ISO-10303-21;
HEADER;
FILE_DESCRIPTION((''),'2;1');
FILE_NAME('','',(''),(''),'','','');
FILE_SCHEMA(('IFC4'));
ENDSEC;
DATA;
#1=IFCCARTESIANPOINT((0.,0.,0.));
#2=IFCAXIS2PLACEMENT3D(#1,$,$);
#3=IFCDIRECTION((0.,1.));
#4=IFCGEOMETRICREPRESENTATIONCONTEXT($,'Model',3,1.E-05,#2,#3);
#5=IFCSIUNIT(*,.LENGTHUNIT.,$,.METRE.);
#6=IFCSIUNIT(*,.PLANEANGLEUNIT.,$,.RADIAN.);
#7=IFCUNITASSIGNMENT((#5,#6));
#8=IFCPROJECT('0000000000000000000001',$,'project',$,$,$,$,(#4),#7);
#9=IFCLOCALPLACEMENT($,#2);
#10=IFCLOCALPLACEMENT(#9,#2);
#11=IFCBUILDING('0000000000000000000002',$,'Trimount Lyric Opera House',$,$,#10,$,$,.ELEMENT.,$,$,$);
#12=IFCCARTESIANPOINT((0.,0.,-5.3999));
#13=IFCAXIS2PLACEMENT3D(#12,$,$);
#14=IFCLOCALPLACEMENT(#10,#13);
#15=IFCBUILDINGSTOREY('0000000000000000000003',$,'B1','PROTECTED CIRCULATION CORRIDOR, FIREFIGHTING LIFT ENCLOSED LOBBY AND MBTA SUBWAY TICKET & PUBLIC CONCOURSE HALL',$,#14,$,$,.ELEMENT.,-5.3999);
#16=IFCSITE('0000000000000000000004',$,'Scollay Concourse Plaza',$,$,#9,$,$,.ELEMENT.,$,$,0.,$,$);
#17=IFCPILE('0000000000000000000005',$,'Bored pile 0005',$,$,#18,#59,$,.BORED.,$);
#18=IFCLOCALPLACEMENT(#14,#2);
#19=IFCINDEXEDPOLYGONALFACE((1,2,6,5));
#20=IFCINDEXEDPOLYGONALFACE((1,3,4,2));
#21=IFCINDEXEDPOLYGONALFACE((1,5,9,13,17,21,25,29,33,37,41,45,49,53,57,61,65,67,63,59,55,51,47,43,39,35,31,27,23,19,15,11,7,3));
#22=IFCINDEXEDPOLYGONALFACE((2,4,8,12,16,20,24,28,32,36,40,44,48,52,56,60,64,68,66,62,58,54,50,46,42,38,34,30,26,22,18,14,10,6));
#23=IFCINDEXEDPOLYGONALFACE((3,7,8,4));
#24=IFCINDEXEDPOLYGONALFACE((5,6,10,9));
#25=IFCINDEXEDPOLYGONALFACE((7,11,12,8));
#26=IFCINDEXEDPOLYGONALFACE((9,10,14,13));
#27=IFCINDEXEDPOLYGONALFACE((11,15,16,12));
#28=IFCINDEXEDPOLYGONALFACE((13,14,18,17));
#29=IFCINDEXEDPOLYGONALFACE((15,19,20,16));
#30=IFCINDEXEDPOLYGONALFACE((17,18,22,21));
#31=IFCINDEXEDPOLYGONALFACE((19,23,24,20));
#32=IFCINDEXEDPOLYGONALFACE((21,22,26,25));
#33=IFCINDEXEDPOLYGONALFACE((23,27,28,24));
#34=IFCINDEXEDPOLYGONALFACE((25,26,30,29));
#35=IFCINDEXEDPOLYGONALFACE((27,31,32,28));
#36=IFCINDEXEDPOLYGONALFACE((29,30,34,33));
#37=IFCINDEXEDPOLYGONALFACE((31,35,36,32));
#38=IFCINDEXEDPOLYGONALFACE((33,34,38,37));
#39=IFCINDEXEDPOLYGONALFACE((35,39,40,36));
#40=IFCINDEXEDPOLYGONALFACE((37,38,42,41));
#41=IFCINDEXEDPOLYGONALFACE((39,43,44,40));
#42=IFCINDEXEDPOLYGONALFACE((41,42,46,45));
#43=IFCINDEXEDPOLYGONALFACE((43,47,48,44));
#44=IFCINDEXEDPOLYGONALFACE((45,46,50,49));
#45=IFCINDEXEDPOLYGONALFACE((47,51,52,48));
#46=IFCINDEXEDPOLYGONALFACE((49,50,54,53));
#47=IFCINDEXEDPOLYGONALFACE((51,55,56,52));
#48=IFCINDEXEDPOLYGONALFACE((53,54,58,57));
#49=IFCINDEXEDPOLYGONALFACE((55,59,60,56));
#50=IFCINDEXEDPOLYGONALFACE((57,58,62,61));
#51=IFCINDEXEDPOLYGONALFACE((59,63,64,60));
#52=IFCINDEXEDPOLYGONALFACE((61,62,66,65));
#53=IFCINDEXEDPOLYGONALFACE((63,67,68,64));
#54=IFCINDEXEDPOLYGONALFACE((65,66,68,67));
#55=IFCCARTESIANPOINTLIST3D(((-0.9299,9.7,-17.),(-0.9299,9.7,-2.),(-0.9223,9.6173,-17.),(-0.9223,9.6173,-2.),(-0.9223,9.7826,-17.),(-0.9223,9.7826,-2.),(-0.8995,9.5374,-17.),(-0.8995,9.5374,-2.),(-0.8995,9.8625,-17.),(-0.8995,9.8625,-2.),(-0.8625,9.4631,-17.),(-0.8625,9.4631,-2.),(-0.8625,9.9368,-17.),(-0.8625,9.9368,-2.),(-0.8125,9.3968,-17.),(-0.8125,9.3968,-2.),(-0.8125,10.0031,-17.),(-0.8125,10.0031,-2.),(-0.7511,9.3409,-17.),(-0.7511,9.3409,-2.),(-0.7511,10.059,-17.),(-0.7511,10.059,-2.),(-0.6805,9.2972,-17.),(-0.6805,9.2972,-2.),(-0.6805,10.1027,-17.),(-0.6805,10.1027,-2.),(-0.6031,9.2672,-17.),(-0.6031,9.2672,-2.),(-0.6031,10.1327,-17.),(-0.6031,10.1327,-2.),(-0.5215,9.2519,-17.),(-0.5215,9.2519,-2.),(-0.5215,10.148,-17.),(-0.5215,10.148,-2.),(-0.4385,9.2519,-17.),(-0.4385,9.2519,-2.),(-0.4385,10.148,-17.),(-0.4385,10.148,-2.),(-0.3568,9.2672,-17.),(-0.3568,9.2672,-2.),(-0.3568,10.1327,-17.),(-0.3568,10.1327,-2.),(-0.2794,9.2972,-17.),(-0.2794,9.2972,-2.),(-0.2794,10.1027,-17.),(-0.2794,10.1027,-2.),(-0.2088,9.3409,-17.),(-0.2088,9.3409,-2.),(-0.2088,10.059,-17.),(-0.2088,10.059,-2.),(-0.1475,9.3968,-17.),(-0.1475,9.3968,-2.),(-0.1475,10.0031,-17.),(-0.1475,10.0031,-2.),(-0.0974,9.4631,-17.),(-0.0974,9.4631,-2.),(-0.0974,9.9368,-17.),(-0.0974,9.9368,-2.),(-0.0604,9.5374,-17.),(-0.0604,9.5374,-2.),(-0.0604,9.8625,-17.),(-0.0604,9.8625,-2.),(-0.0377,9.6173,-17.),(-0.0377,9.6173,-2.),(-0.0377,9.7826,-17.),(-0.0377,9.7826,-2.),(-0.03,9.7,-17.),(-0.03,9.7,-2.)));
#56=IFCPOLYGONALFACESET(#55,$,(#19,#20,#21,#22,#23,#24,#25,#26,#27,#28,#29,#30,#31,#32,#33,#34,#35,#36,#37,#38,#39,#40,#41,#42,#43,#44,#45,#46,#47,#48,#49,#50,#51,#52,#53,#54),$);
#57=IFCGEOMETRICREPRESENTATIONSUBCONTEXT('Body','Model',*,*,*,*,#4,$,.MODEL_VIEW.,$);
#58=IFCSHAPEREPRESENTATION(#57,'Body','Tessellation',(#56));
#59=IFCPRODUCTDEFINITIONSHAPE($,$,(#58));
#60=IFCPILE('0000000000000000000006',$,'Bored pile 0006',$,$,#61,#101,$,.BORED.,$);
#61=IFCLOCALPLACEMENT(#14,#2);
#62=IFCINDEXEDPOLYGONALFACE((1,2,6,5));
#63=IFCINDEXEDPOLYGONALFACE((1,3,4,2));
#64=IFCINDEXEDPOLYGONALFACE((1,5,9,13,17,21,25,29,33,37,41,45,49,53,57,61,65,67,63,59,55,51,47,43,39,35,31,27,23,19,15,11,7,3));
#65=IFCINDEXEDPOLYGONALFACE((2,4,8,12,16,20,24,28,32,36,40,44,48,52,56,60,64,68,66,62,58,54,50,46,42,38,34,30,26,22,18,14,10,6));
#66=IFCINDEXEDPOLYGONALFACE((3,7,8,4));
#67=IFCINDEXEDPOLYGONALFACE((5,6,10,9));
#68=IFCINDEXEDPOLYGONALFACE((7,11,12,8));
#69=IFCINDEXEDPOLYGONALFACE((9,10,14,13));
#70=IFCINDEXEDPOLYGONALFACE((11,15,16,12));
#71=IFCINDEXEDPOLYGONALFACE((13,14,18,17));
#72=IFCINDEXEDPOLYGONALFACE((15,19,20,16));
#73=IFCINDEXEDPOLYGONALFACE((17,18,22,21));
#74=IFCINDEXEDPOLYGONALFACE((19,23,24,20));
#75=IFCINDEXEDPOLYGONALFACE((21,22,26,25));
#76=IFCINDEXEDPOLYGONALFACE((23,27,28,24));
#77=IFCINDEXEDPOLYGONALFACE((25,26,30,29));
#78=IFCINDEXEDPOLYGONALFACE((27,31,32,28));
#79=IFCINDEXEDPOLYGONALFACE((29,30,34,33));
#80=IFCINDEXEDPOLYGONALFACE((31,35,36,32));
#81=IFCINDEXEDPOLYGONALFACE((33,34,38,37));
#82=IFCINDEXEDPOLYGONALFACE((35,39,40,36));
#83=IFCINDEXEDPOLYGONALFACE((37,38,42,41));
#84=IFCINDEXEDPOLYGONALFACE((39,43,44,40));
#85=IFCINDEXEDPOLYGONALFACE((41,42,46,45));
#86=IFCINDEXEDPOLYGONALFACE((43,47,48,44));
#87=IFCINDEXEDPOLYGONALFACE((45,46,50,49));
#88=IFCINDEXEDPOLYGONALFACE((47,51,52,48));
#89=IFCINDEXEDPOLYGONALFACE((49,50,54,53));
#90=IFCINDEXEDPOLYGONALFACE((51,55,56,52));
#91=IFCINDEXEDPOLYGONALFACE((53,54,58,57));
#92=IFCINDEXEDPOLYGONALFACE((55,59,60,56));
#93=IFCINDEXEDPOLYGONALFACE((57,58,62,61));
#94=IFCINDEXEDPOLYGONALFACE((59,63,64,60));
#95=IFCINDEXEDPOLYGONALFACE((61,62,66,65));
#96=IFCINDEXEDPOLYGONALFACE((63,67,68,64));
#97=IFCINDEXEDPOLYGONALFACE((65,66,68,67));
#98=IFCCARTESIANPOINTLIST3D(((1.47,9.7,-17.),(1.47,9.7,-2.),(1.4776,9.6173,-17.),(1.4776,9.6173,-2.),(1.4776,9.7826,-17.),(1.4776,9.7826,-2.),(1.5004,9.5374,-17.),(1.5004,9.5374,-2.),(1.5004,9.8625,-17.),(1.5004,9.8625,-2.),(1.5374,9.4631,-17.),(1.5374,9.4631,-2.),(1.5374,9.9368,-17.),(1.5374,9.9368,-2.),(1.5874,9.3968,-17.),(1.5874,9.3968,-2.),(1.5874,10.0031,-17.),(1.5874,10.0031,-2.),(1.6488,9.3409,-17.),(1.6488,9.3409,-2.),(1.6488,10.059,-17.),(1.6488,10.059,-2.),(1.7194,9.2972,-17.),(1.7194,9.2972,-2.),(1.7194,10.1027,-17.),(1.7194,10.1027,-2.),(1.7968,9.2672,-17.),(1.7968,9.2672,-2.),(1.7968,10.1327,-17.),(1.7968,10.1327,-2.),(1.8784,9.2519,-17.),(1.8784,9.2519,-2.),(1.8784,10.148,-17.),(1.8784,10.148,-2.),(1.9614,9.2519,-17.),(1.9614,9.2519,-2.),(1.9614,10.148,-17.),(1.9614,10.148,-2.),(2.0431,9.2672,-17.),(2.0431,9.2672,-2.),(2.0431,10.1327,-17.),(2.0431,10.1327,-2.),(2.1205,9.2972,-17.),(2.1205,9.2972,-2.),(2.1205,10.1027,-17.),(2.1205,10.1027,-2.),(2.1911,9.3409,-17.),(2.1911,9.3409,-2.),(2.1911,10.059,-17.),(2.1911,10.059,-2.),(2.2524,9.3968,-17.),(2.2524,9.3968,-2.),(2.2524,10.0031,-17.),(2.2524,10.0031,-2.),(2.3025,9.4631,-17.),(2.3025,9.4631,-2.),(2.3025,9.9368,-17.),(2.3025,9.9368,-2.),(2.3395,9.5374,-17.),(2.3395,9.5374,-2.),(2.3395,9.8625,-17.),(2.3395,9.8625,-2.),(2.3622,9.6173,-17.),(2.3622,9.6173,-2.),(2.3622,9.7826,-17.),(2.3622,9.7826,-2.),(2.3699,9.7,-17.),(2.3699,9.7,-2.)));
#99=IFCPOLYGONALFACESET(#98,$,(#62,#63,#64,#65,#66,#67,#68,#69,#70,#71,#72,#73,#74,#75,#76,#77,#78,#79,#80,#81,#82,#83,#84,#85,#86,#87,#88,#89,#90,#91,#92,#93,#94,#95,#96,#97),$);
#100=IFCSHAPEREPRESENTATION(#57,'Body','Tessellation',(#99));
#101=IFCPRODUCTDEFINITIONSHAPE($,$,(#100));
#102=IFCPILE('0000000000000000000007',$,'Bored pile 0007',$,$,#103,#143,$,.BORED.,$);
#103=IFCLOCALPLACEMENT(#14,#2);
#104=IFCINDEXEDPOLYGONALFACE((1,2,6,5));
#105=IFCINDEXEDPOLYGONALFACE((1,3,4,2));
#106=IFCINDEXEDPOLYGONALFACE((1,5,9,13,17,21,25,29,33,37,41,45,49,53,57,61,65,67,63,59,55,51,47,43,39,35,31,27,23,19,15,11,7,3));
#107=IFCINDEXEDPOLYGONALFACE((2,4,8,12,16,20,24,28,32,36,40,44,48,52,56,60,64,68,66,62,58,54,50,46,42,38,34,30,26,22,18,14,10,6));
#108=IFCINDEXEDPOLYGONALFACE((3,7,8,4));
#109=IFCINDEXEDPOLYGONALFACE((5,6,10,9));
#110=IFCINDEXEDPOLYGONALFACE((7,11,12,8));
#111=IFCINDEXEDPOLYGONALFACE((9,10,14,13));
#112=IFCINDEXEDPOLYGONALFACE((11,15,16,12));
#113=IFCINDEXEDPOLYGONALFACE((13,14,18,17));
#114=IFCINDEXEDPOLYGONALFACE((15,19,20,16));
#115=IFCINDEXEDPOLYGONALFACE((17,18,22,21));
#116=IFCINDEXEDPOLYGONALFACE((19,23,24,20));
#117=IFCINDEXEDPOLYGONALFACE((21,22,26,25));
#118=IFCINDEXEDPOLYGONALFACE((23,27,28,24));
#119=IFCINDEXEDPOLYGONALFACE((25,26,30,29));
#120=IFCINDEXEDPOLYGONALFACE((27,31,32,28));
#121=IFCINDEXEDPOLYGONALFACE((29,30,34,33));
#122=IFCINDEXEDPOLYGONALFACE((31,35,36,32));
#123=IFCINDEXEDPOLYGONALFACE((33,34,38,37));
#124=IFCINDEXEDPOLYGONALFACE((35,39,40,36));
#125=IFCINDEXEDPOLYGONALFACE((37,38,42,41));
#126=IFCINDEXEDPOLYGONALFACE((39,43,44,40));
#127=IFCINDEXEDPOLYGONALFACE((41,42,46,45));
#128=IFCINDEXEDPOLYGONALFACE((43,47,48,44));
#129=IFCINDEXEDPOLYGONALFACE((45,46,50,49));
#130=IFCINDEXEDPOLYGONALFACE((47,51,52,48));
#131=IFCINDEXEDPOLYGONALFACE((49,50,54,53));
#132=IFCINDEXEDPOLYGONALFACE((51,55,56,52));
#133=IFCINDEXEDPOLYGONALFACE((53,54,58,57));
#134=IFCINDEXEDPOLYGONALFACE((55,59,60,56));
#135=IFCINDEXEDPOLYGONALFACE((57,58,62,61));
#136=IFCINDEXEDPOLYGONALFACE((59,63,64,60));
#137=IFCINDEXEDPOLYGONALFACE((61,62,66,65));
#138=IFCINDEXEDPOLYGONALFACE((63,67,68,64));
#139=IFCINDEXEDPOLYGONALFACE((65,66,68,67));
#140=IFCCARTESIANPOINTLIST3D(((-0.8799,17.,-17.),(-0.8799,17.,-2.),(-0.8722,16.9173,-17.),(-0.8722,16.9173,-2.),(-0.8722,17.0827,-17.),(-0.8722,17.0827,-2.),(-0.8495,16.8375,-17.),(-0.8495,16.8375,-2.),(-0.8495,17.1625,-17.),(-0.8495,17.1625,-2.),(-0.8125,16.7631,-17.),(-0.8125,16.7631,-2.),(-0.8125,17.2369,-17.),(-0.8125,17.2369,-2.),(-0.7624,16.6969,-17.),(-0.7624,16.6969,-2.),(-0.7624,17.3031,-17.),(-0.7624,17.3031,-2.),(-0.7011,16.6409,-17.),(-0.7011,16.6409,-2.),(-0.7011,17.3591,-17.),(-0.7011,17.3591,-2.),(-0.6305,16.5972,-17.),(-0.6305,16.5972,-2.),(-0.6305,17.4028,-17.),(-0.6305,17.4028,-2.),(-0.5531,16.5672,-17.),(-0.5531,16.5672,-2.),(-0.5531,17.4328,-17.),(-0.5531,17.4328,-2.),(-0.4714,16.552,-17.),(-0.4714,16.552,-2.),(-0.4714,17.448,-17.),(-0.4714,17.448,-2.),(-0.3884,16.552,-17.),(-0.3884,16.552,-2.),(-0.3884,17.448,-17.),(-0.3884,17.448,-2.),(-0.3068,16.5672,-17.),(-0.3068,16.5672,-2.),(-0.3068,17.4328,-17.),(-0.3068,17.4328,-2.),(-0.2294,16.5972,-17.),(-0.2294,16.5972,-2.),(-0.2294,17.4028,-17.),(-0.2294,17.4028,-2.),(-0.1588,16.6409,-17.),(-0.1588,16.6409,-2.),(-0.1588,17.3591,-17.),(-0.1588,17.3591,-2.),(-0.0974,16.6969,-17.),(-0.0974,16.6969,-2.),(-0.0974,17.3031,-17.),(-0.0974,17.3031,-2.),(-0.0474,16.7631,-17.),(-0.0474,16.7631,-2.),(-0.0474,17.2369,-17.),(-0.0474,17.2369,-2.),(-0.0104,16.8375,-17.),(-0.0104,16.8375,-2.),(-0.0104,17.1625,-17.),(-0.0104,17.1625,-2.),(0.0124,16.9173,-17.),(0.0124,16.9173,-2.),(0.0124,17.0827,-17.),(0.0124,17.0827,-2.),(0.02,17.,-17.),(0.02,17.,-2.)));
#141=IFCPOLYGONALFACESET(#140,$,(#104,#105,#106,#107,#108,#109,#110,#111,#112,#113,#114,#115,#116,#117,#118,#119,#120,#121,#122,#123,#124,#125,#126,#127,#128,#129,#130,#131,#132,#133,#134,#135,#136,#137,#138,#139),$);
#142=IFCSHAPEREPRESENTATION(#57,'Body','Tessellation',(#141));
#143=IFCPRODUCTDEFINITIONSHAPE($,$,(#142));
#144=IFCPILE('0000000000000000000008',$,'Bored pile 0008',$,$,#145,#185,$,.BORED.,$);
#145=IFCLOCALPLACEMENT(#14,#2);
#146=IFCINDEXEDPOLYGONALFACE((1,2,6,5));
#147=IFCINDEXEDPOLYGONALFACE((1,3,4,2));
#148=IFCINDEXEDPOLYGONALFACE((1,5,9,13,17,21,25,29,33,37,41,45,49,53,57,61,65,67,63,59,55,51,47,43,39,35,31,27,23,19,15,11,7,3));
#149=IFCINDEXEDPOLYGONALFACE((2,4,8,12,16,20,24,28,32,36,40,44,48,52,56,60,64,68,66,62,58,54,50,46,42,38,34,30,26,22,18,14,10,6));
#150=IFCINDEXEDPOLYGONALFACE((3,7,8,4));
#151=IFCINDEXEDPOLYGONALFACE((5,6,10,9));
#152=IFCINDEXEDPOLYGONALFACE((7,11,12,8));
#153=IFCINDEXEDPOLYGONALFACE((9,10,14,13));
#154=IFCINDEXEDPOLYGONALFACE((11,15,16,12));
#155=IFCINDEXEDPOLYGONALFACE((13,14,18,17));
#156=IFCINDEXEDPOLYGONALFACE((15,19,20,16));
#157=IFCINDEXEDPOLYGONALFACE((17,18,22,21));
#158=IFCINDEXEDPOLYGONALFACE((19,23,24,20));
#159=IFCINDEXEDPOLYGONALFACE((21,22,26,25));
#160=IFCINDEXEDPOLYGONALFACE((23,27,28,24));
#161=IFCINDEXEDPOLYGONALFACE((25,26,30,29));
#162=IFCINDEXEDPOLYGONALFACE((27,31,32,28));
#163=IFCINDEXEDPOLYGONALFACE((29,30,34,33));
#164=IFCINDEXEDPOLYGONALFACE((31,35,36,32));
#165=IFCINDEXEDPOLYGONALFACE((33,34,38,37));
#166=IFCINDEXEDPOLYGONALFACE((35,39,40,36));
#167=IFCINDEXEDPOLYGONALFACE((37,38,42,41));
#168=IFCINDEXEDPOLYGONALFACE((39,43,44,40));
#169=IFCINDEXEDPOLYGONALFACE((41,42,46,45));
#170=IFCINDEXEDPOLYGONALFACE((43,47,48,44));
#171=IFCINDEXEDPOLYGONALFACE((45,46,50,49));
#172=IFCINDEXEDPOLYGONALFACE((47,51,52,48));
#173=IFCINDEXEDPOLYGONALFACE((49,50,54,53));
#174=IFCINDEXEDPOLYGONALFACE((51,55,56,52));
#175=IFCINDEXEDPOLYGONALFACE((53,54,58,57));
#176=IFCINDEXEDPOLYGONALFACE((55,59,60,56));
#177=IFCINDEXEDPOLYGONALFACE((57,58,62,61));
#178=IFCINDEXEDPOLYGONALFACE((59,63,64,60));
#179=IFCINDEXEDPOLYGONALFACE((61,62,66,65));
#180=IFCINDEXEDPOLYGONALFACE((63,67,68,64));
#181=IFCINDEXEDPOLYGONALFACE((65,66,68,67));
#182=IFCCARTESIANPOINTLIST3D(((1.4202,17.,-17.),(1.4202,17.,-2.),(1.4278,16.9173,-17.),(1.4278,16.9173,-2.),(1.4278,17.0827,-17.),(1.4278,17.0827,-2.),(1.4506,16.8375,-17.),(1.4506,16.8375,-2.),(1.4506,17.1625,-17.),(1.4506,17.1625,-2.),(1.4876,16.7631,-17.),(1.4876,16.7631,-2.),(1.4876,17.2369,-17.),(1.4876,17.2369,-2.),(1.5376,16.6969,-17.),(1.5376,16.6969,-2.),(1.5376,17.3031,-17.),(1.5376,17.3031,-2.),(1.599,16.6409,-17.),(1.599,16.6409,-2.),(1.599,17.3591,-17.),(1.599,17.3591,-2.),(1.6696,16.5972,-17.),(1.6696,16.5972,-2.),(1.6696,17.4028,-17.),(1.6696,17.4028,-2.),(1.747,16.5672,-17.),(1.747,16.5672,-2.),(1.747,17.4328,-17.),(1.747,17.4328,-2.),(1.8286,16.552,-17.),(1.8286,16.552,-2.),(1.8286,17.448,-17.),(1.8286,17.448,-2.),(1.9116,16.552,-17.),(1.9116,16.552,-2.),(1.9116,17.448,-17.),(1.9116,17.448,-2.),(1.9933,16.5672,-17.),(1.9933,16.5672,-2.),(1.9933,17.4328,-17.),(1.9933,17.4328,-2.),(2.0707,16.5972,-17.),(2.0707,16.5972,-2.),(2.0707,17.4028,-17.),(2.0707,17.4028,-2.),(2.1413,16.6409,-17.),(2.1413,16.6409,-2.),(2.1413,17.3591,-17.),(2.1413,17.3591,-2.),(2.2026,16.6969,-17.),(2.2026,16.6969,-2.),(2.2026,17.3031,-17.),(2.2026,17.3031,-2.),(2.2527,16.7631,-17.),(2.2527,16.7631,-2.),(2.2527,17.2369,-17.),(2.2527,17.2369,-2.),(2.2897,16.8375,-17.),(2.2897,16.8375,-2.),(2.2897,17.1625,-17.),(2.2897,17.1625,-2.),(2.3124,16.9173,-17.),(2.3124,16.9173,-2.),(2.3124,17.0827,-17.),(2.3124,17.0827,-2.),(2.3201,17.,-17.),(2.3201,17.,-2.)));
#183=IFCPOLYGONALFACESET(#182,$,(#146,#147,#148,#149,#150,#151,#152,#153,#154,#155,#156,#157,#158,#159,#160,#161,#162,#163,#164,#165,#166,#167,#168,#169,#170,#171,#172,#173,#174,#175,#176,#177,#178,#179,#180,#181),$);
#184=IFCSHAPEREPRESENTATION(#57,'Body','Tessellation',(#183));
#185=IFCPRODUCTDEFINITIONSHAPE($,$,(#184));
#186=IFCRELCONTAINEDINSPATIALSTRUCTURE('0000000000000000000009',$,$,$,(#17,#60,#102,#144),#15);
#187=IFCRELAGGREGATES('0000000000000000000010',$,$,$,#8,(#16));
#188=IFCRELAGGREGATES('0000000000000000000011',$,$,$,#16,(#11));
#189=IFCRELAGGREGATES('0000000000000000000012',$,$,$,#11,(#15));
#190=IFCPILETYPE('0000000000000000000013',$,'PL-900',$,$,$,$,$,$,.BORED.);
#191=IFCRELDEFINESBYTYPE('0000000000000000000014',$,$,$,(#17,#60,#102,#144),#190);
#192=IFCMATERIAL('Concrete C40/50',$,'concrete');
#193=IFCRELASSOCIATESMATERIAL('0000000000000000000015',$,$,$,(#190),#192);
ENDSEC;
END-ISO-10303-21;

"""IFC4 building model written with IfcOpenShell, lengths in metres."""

from ifc_helpers import new_model, si_unit, direction, frame, origin, origin_2d, place, context, subcontext, project, spatial, circle, extrude, material, material_profile, profile_set, type_object, element, save


model = new_model("IFC4")

# Units and contexts
model_context = context("Model", 3, precision=1e-05, world=origin(), true_north=direction((0.0, 1.0)))
body_context = subcontext(model_context, "Body", "Model", "MODEL_VIEW")
ifc_project = project(units=[si_unit("LENGTHUNIT", "METRE"), si_unit("PLANEANGLEUNIT", "RADIAN")], contexts=[model_context])

# Site, building, storey
site_placement = place(None, origin())
site = spatial("IfcSite", under=ifc_project, at=site_placement, Name="Scollay Concourse Plaza", CompositionType="ELEMENT", RefElevation=0.0)
building_placement = place(site_placement, origin())
building = spatial("IfcBuilding", under=site, at=building_placement, Name="Trimount Lyric Opera House", CompositionType="ELEMENT")
storey_placement = place(building_placement, frame((0.0, 0.0, -5.3999)))
storey = spatial("IfcBuildingStorey", under=building, at=storey_placement, Name="B1", Description="PROTECTED CIRCULATION CORRIDOR, FIREFIGHTING LIFT ENCLOSED LOBBY AND MBTA SUBWAY TICKET & PUBLIC CONCOURSE HALL", CompositionType="ELEMENT", Elevation=-5.3999)

# Piles
ifc_material_1 = material(Name="Concrete C40/50", Category="concrete")
ifc_material_profile_1 = material_profile(ifc_material_1, circle(Radius=0.45, at=origin_2d()), Name="PILE-D900")
ifc_profile_set_1 = profile_set([ifc_material_profile_1], Name="Concrete C40/50")
pile_type_1 = type_object("IfcPileType", Name="PL-900", PredefinedType="BORED", material=ifc_profile_set_1)
for number, where, z_axis, x_axis, name in (
    (1, (-0.48, 9.7, -2.0), (0.0, 0.0, -1.0), (1.0, 0.0, 0.0), "Bored pile 0005"),
    (2, (1.9199, 9.7, -2.0), (0.0, 0.0, -1.0), (1.0, 0.0, 0.0), "Bored pile 0006"),
    (3, (-0.4299, 17.0, -2.0), (0.0, 0.0, -1.0), (1.0, 0.0, 0.0), "Bored pile 0007"),
    (4, (1.8701, 17.0, -2.0), (0.0, 0.0, -1.0), (1.0, 0.0, 0.0), "Bored pile 0008"),
):
    element("IfcPile", number, at=place(storey_placement, frame(where, z_axis=z_axis, x_axis=x_axis)), inside=storey, type_object=pile_type_1, Name=name, PredefinedType="BORED", context=body_context, shape_type="SweptSolid", body=[
        extrude(circle(Radius=0.45, at=origin_2d()), origin(), (0.0, 0.0, 1.0), 15.0),
    ])

save(model, "model.ifc")
